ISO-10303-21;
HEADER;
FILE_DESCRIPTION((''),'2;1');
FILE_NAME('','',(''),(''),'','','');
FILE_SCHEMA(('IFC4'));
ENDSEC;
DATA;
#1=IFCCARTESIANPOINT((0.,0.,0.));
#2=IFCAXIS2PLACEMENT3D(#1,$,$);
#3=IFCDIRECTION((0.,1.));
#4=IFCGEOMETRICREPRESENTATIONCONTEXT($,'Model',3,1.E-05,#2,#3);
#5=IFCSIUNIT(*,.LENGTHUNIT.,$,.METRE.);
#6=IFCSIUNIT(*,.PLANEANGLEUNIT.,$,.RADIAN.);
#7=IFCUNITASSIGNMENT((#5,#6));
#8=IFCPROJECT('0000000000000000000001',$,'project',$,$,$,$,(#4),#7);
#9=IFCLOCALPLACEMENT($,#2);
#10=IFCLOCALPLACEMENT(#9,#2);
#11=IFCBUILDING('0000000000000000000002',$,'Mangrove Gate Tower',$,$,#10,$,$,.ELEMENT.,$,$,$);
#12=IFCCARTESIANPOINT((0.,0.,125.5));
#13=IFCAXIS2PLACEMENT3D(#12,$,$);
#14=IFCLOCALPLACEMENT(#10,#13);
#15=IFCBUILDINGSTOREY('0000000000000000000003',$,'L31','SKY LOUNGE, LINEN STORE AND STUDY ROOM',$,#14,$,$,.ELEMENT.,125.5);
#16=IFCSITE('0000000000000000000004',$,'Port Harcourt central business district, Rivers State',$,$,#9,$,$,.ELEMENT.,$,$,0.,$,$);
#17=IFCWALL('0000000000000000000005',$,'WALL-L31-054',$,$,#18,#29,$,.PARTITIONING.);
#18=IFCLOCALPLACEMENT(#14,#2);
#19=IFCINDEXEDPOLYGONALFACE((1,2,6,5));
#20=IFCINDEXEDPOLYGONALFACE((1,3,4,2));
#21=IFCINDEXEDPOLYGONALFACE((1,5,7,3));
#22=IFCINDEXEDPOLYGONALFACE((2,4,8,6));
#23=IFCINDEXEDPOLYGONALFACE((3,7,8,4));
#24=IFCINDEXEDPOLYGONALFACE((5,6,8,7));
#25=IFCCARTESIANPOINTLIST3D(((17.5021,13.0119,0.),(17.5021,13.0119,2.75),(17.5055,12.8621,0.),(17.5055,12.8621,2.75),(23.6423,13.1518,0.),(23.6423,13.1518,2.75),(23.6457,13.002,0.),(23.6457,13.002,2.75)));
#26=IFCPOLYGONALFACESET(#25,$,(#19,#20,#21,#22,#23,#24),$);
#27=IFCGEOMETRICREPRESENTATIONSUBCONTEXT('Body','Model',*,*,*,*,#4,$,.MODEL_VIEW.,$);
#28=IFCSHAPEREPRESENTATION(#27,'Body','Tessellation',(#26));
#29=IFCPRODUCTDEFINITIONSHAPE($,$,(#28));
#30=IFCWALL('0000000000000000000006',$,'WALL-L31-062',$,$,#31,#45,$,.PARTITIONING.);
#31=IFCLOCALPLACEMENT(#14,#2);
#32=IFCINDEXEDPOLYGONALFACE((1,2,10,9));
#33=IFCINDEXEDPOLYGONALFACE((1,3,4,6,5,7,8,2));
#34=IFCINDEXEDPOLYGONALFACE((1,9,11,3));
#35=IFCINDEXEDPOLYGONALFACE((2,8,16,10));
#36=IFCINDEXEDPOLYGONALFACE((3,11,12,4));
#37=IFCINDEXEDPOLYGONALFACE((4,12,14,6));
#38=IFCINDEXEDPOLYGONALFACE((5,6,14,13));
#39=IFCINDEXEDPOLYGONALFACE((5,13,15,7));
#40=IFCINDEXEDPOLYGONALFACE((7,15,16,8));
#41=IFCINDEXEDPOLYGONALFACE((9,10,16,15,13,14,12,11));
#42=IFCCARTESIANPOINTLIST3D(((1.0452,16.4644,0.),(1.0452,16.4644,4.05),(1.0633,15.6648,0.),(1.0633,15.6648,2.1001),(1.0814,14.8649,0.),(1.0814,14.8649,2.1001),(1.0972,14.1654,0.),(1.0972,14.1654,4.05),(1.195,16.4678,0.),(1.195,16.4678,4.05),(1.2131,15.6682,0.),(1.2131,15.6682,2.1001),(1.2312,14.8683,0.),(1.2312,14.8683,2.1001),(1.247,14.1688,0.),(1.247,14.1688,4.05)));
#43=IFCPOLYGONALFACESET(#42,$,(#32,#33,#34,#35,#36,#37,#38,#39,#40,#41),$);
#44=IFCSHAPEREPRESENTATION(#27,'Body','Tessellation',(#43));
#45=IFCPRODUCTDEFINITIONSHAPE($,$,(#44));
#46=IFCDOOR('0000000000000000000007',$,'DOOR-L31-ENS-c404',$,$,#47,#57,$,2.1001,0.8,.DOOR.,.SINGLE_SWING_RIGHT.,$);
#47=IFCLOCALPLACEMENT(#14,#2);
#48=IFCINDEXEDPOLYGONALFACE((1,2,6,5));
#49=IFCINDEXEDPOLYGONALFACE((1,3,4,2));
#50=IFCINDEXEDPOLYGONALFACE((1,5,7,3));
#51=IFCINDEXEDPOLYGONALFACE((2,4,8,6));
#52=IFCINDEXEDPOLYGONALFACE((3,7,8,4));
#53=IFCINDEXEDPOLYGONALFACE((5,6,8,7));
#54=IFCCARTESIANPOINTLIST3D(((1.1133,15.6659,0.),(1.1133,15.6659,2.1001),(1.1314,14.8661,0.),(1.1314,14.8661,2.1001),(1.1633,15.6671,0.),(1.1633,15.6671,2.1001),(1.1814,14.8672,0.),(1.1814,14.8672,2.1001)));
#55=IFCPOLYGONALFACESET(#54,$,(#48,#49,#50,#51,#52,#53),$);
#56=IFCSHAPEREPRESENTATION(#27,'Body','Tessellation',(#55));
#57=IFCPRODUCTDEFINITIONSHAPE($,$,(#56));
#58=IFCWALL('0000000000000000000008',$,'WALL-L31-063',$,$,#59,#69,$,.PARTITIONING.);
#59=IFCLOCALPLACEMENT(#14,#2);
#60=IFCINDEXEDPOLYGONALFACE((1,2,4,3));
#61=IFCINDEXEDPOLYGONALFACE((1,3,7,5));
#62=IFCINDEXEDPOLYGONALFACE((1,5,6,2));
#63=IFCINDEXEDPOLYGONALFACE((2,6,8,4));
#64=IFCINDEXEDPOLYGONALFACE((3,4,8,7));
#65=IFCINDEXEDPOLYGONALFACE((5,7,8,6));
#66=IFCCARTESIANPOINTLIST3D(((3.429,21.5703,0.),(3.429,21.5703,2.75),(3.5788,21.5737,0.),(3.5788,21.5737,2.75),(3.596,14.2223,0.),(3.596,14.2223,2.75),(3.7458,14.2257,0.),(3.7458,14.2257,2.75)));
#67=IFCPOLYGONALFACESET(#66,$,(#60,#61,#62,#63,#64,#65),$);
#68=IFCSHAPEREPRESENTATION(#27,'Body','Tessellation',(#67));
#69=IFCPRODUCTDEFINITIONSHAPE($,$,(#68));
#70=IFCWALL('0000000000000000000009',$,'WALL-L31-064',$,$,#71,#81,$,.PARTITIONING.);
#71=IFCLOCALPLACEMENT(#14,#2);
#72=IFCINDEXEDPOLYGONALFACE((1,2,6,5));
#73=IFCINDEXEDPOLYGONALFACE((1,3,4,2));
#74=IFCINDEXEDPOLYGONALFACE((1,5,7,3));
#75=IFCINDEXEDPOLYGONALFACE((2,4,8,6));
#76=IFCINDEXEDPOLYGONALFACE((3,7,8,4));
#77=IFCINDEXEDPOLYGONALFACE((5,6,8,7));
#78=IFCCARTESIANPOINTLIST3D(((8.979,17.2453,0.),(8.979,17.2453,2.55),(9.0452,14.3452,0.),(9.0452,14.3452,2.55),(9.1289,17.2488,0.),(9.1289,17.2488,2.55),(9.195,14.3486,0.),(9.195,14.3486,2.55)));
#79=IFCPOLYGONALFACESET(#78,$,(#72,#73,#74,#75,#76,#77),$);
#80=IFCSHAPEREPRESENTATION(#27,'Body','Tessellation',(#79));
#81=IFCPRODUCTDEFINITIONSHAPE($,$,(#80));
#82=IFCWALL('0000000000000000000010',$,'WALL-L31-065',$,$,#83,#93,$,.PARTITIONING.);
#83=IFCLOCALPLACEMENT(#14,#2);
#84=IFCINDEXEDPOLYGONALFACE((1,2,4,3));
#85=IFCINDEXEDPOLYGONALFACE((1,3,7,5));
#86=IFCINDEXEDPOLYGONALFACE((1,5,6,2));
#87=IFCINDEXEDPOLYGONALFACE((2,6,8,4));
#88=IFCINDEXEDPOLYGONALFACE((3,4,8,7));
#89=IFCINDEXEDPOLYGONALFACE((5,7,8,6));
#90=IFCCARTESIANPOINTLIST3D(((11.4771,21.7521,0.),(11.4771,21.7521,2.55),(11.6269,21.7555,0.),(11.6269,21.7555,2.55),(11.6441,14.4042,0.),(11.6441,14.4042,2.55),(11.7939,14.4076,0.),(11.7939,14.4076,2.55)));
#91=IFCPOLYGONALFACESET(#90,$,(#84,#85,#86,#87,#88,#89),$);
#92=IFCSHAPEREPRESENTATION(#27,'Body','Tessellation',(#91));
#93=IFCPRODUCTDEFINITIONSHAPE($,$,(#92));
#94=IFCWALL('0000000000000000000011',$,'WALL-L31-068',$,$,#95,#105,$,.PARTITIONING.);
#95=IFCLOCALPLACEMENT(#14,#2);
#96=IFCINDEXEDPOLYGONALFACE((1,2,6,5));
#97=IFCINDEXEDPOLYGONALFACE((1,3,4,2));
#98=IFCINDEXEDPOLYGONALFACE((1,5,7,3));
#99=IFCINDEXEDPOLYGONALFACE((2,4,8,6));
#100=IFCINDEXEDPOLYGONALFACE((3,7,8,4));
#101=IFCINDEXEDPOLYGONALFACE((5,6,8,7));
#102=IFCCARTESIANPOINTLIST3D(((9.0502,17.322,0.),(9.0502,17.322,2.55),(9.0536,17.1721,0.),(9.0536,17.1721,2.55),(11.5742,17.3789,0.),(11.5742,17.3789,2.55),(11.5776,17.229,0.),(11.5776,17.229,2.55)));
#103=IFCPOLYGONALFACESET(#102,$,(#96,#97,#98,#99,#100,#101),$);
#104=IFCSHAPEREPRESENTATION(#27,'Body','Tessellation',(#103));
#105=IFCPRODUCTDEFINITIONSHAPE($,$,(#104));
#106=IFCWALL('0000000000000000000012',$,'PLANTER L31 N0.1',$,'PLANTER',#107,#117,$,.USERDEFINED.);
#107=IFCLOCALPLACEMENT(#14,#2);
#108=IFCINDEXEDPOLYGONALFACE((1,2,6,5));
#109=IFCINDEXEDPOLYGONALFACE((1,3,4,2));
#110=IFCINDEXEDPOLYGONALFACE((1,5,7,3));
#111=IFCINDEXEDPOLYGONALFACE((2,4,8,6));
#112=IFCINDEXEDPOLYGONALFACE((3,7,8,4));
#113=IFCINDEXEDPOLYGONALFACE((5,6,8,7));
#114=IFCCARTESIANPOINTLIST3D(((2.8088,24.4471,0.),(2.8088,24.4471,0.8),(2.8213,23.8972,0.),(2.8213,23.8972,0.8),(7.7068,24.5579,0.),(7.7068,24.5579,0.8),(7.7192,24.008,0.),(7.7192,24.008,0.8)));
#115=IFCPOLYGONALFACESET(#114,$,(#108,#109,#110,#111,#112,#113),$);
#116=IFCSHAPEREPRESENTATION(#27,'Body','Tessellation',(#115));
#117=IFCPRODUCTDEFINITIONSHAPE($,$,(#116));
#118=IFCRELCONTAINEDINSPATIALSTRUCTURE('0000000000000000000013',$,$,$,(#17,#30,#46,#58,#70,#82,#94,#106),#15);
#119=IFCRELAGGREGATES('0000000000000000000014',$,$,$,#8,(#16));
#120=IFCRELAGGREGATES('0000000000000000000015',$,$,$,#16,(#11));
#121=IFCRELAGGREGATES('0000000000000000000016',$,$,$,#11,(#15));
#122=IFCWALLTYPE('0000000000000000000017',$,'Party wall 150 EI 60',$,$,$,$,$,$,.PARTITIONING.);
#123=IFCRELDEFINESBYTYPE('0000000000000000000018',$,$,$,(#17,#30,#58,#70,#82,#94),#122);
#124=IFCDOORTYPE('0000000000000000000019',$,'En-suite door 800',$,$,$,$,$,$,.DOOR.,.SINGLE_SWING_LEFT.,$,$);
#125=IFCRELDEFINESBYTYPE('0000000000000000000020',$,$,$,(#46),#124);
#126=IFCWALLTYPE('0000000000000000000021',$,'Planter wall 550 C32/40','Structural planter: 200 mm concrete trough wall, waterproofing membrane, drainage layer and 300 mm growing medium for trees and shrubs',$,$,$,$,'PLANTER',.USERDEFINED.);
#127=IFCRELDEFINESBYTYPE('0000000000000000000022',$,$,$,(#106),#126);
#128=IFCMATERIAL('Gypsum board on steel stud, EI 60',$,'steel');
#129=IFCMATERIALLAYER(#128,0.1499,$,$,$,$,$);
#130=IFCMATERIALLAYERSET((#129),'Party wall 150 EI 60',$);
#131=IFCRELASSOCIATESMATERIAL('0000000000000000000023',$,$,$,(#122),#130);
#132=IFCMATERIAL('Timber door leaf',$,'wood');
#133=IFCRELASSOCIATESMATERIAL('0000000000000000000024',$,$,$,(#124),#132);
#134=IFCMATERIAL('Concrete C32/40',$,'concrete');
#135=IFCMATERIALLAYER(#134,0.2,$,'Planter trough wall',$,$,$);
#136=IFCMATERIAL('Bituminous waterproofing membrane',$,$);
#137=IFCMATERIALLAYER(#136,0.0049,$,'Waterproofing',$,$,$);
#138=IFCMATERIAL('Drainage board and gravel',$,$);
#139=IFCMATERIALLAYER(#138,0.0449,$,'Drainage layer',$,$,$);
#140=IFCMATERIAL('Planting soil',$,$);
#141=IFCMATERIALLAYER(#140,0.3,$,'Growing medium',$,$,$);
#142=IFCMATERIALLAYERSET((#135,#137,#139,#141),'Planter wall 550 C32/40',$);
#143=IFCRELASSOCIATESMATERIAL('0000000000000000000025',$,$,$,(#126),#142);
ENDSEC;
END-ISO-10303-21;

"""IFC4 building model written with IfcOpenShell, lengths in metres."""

from ifc_helpers import new_model, si_unit, direction, frame, frame_2d, origin, place, context, subcontext, project, spatial, rectangle, extrude, material, layer, layer_set, type_object, element, fill, save


model = new_model("IFC4")

# Units and contexts
model_context = context("Model", 3, precision=1e-05, world=origin(), true_north=direction((0.0, 1.0)))
body_context = subcontext(model_context, "Body", "Model", "MODEL_VIEW")
ifc_project = project(units=[si_unit("LENGTHUNIT", "METRE"), si_unit("PLANEANGLEUNIT", "RADIAN")], contexts=[model_context])

# Site, building, storey
site_placement = place(None, origin())
site = spatial("IfcSite", under=ifc_project, at=site_placement, Name="Port Harcourt central business district, Rivers State", CompositionType="ELEMENT", RefElevation=0.0)
building_placement = place(site_placement, origin())
building = spatial("IfcBuilding", under=site, at=building_placement, Name="Mangrove Gate Tower", CompositionType="ELEMENT")
storey_placement = place(building_placement, frame((0.0, 0.0, 125.5)))
storey = spatial("IfcBuildingStorey", under=building, at=storey_placement, Name="L31", Description="SKY LOUNGE, LINEN STORE AND STUDY ROOM", CompositionType="ELEMENT", Elevation=125.5)

# Wall
ifc_material_1 = material(Name="Gypsum board on steel stud, EI 60", Category="steel")
ifc_layer_1 = layer(ifc_material_1, 0.1499)
ifc_layer_set_1 = layer_set([ifc_layer_1], Name="Party wall 150 EI 60")
wall_type_1 = type_object("IfcWallType", Name="Party wall 150 EI 60", PredefinedType="PARTITIONING", material=ifc_layer_set_1)
wall_1_placement = place(storey_placement, frame((17.5039, 12.937, 0.0), z_axis=(0.0, 0.0, 1.0), x_axis=(0.999741, 0.022777, 0.0)))
element("IfcWall", 1, at=wall_1_placement, inside=storey, type_object=wall_type_1, Name="WALL-L31-054", PredefinedType="PARTITIONING", context=body_context, shape_type="SweptSolid", body=[
    extrude(rectangle(XDim=6.1418, YDim=0.1499, at=frame_2d((3.0708, 0.0))), origin(), (0.0, 0.0, 1.0), 2.75),
])

# Wall, opening, door
wall_2_placement = place(storey_placement, frame((1.1721, 14.167, 0.0), z_axis=(0.0, 0.0, 1.0), x_axis=(-0.022613, 0.999744, 0.0)))
wall_2 = element("IfcWall", 2, at=wall_2_placement, inside=storey, type_object=wall_type_1, Name="WALL-L31-062", PredefinedType="PARTITIONING", context=body_context, shape_type="SweptSolid", body=[
    extrude(rectangle(XDim=2.2996, YDim=0.1499, at=frame_2d((1.1499, 0.0))), origin(), (0.0, 0.0, 1.0), 4.05),
])
opening_1_placement = place(wall_2_placement, frame((0.7, 0.0, 0.0)))
opening_1 = element("IfcOpeningElement", 3, at=opening_1_placement, cuts=wall_2, PredefinedType="OPENING", context=body_context, shape_type="SweptSolid", body=[
    extrude(rectangle(XDim=0.8, YDim=2.1001, at=frame_2d((0.3999, 1.05))), frame((0.0, 0.085, 0.0), z_axis=(0.0, -1.0, 0.0), x_axis=(1.0, 0.0, 0.0)), (0.0, 0.0, 1.0), 0.1699),
])
ifc_material_2 = material(Name="Timber door leaf", Category="wood")
door_type_1 = type_object("IfcDoorType", Name="En-suite door 800", OperationType="SINGLE_SWING_LEFT", PredefinedType="DOOR", material=ifc_material_2)
door_1_placement = place(opening_1_placement, origin())
door_1 = element("IfcDoor", 4, at=door_1_placement, inside=storey, type_object=door_type_1, Name="DOOR-L31-ENS-c404", OperationType="SINGLE_SWING_RIGHT", OverallHeight=2.1001, OverallWidth=0.8, PredefinedType="DOOR", context=body_context, shape_type="SweptSolid", body=[
    extrude(rectangle(XDim=0.8, YDim=2.1001, at=frame_2d((0.3999, 1.05))), frame((0.0, 0.0249, 0.0), z_axis=(0.0, -1.0, 0.0), x_axis=(1.0, 0.0, 0.0)), (0.0, 0.0, 1.0), 0.05),
])
fill(opening_1, door_1)

# Walls
wall_3_placement = place(storey_placement, frame((3.6709, 14.2241, 0.0), z_axis=(0.0, 0.0, 1.0), x_axis=(-0.022721, 0.999742, 0.0)))
element("IfcWall", 5, at=wall_3_placement, inside=storey, type_object=wall_type_1, Name="WALL-L31-063", PredefinedType="PARTITIONING", context=body_context, shape_type="SweptSolid", body=[
    extrude(rectangle(XDim=7.3499, YDim=0.1499, at=frame_2d((3.6748, 0.0))), origin(), (0.0, 0.0, 1.0), 2.75),
])
wall_4_placement = place(storey_placement, frame((9.1201, 14.3469, 0.0), z_axis=(0.0, 0.0, 1.0), x_axis=(-0.022807, 0.99974, 0.0)))
element("IfcWall", 6, at=wall_4_placement, inside=storey, type_object=wall_type_1, Name="WALL-L31-064", PredefinedType="PARTITIONING", context=body_context, shape_type="SweptSolid", body=[
    extrude(rectangle(XDim=2.9009, YDim=0.1499, at=frame_2d((1.4504, 0.0))), origin(), (0.0, 0.0, 1.0), 2.55),
])
wall_5_placement = place(storey_placement, frame((11.719, 14.406, 0.0), z_axis=(0.0, 0.0, 1.0), x_axis=(-0.022721, 0.999742, 0.0)))
element("IfcWall", 7, at=wall_5_placement, inside=storey, type_object=wall_type_1, Name="WALL-L31-065", PredefinedType="PARTITIONING", context=body_context, shape_type="SweptSolid", body=[
    extrude(rectangle(XDim=7.3499, YDim=0.1499, at=frame_2d((3.6748, 0.0))), origin(), (0.0, 0.0, 1.0), 2.55),
])
wall_6_placement = place(storey_placement, frame((9.052, 17.2471, 0.0), z_axis=(0.0, 0.0, 1.0), x_axis=(0.999746, 0.022532, 0.0)))
element("IfcWall", 8, at=wall_6_placement, inside=storey, type_object=wall_type_1, Name="WALL-L31-068", PredefinedType="PARTITIONING", context=body_context, shape_type="SweptSolid", body=[
    extrude(rectangle(XDim=2.5247, YDim=0.1499, at=frame_2d((1.2622, 0.0))), origin(), (0.0, 0.0, 1.0), 2.55),
])
ifc_material_3 = material(Name="Concrete C32/40", Category="concrete")
ifc_layer_2 = layer(ifc_material_3, 0.2, Name="Planter trough wall")
ifc_material_4 = material(Name="Bituminous waterproofing membrane")
ifc_layer_3 = layer(ifc_material_4, 0.0049, Name="Waterproofing")
ifc_material_5 = material(Name="Drainage board and gravel")
ifc_layer_4 = layer(ifc_material_5, 0.0449, Name="Drainage layer")
ifc_material_6 = material(Name="Planting soil")
ifc_layer_5 = layer(ifc_material_6, 0.3, Name="Growing medium")
ifc_layer_set_2 = layer_set([ifc_layer_2, ifc_layer_3, ifc_layer_4, ifc_layer_5], Name="Planter wall 550 C32/40")
wall_type_2 = type_object("IfcWallType", Name="Planter wall 550 C32/40", Description="Structural planter: 200 mm concrete trough wall, waterproofing membrane, drainage layer and 300 mm growing medium for trees and shrubs", ElementType="PLANTER", PredefinedType="USERDEFINED", material=ifc_layer_set_2)
wall_7_placement = place(storey_placement, frame((2.8149, 24.1721, 0.0), z_axis=(0.0, 0.0, 1.0), x_axis=(0.999744, 0.022624, 0.0)))
element("IfcWall", 9, at=wall_7_placement, inside=storey, type_object=wall_type_2, Name="PLANTER L31 N0.1", ObjectType="PLANTER", PredefinedType="USERDEFINED", context=body_context, shape_type="SweptSolid", body=[
    extrude(rectangle(XDim=4.8992, YDim=0.55, at=frame_2d((2.4497, 0.0))), origin(), (0.0, 0.0, 1.0), 0.8),
])

save(model, "model.ifc")
